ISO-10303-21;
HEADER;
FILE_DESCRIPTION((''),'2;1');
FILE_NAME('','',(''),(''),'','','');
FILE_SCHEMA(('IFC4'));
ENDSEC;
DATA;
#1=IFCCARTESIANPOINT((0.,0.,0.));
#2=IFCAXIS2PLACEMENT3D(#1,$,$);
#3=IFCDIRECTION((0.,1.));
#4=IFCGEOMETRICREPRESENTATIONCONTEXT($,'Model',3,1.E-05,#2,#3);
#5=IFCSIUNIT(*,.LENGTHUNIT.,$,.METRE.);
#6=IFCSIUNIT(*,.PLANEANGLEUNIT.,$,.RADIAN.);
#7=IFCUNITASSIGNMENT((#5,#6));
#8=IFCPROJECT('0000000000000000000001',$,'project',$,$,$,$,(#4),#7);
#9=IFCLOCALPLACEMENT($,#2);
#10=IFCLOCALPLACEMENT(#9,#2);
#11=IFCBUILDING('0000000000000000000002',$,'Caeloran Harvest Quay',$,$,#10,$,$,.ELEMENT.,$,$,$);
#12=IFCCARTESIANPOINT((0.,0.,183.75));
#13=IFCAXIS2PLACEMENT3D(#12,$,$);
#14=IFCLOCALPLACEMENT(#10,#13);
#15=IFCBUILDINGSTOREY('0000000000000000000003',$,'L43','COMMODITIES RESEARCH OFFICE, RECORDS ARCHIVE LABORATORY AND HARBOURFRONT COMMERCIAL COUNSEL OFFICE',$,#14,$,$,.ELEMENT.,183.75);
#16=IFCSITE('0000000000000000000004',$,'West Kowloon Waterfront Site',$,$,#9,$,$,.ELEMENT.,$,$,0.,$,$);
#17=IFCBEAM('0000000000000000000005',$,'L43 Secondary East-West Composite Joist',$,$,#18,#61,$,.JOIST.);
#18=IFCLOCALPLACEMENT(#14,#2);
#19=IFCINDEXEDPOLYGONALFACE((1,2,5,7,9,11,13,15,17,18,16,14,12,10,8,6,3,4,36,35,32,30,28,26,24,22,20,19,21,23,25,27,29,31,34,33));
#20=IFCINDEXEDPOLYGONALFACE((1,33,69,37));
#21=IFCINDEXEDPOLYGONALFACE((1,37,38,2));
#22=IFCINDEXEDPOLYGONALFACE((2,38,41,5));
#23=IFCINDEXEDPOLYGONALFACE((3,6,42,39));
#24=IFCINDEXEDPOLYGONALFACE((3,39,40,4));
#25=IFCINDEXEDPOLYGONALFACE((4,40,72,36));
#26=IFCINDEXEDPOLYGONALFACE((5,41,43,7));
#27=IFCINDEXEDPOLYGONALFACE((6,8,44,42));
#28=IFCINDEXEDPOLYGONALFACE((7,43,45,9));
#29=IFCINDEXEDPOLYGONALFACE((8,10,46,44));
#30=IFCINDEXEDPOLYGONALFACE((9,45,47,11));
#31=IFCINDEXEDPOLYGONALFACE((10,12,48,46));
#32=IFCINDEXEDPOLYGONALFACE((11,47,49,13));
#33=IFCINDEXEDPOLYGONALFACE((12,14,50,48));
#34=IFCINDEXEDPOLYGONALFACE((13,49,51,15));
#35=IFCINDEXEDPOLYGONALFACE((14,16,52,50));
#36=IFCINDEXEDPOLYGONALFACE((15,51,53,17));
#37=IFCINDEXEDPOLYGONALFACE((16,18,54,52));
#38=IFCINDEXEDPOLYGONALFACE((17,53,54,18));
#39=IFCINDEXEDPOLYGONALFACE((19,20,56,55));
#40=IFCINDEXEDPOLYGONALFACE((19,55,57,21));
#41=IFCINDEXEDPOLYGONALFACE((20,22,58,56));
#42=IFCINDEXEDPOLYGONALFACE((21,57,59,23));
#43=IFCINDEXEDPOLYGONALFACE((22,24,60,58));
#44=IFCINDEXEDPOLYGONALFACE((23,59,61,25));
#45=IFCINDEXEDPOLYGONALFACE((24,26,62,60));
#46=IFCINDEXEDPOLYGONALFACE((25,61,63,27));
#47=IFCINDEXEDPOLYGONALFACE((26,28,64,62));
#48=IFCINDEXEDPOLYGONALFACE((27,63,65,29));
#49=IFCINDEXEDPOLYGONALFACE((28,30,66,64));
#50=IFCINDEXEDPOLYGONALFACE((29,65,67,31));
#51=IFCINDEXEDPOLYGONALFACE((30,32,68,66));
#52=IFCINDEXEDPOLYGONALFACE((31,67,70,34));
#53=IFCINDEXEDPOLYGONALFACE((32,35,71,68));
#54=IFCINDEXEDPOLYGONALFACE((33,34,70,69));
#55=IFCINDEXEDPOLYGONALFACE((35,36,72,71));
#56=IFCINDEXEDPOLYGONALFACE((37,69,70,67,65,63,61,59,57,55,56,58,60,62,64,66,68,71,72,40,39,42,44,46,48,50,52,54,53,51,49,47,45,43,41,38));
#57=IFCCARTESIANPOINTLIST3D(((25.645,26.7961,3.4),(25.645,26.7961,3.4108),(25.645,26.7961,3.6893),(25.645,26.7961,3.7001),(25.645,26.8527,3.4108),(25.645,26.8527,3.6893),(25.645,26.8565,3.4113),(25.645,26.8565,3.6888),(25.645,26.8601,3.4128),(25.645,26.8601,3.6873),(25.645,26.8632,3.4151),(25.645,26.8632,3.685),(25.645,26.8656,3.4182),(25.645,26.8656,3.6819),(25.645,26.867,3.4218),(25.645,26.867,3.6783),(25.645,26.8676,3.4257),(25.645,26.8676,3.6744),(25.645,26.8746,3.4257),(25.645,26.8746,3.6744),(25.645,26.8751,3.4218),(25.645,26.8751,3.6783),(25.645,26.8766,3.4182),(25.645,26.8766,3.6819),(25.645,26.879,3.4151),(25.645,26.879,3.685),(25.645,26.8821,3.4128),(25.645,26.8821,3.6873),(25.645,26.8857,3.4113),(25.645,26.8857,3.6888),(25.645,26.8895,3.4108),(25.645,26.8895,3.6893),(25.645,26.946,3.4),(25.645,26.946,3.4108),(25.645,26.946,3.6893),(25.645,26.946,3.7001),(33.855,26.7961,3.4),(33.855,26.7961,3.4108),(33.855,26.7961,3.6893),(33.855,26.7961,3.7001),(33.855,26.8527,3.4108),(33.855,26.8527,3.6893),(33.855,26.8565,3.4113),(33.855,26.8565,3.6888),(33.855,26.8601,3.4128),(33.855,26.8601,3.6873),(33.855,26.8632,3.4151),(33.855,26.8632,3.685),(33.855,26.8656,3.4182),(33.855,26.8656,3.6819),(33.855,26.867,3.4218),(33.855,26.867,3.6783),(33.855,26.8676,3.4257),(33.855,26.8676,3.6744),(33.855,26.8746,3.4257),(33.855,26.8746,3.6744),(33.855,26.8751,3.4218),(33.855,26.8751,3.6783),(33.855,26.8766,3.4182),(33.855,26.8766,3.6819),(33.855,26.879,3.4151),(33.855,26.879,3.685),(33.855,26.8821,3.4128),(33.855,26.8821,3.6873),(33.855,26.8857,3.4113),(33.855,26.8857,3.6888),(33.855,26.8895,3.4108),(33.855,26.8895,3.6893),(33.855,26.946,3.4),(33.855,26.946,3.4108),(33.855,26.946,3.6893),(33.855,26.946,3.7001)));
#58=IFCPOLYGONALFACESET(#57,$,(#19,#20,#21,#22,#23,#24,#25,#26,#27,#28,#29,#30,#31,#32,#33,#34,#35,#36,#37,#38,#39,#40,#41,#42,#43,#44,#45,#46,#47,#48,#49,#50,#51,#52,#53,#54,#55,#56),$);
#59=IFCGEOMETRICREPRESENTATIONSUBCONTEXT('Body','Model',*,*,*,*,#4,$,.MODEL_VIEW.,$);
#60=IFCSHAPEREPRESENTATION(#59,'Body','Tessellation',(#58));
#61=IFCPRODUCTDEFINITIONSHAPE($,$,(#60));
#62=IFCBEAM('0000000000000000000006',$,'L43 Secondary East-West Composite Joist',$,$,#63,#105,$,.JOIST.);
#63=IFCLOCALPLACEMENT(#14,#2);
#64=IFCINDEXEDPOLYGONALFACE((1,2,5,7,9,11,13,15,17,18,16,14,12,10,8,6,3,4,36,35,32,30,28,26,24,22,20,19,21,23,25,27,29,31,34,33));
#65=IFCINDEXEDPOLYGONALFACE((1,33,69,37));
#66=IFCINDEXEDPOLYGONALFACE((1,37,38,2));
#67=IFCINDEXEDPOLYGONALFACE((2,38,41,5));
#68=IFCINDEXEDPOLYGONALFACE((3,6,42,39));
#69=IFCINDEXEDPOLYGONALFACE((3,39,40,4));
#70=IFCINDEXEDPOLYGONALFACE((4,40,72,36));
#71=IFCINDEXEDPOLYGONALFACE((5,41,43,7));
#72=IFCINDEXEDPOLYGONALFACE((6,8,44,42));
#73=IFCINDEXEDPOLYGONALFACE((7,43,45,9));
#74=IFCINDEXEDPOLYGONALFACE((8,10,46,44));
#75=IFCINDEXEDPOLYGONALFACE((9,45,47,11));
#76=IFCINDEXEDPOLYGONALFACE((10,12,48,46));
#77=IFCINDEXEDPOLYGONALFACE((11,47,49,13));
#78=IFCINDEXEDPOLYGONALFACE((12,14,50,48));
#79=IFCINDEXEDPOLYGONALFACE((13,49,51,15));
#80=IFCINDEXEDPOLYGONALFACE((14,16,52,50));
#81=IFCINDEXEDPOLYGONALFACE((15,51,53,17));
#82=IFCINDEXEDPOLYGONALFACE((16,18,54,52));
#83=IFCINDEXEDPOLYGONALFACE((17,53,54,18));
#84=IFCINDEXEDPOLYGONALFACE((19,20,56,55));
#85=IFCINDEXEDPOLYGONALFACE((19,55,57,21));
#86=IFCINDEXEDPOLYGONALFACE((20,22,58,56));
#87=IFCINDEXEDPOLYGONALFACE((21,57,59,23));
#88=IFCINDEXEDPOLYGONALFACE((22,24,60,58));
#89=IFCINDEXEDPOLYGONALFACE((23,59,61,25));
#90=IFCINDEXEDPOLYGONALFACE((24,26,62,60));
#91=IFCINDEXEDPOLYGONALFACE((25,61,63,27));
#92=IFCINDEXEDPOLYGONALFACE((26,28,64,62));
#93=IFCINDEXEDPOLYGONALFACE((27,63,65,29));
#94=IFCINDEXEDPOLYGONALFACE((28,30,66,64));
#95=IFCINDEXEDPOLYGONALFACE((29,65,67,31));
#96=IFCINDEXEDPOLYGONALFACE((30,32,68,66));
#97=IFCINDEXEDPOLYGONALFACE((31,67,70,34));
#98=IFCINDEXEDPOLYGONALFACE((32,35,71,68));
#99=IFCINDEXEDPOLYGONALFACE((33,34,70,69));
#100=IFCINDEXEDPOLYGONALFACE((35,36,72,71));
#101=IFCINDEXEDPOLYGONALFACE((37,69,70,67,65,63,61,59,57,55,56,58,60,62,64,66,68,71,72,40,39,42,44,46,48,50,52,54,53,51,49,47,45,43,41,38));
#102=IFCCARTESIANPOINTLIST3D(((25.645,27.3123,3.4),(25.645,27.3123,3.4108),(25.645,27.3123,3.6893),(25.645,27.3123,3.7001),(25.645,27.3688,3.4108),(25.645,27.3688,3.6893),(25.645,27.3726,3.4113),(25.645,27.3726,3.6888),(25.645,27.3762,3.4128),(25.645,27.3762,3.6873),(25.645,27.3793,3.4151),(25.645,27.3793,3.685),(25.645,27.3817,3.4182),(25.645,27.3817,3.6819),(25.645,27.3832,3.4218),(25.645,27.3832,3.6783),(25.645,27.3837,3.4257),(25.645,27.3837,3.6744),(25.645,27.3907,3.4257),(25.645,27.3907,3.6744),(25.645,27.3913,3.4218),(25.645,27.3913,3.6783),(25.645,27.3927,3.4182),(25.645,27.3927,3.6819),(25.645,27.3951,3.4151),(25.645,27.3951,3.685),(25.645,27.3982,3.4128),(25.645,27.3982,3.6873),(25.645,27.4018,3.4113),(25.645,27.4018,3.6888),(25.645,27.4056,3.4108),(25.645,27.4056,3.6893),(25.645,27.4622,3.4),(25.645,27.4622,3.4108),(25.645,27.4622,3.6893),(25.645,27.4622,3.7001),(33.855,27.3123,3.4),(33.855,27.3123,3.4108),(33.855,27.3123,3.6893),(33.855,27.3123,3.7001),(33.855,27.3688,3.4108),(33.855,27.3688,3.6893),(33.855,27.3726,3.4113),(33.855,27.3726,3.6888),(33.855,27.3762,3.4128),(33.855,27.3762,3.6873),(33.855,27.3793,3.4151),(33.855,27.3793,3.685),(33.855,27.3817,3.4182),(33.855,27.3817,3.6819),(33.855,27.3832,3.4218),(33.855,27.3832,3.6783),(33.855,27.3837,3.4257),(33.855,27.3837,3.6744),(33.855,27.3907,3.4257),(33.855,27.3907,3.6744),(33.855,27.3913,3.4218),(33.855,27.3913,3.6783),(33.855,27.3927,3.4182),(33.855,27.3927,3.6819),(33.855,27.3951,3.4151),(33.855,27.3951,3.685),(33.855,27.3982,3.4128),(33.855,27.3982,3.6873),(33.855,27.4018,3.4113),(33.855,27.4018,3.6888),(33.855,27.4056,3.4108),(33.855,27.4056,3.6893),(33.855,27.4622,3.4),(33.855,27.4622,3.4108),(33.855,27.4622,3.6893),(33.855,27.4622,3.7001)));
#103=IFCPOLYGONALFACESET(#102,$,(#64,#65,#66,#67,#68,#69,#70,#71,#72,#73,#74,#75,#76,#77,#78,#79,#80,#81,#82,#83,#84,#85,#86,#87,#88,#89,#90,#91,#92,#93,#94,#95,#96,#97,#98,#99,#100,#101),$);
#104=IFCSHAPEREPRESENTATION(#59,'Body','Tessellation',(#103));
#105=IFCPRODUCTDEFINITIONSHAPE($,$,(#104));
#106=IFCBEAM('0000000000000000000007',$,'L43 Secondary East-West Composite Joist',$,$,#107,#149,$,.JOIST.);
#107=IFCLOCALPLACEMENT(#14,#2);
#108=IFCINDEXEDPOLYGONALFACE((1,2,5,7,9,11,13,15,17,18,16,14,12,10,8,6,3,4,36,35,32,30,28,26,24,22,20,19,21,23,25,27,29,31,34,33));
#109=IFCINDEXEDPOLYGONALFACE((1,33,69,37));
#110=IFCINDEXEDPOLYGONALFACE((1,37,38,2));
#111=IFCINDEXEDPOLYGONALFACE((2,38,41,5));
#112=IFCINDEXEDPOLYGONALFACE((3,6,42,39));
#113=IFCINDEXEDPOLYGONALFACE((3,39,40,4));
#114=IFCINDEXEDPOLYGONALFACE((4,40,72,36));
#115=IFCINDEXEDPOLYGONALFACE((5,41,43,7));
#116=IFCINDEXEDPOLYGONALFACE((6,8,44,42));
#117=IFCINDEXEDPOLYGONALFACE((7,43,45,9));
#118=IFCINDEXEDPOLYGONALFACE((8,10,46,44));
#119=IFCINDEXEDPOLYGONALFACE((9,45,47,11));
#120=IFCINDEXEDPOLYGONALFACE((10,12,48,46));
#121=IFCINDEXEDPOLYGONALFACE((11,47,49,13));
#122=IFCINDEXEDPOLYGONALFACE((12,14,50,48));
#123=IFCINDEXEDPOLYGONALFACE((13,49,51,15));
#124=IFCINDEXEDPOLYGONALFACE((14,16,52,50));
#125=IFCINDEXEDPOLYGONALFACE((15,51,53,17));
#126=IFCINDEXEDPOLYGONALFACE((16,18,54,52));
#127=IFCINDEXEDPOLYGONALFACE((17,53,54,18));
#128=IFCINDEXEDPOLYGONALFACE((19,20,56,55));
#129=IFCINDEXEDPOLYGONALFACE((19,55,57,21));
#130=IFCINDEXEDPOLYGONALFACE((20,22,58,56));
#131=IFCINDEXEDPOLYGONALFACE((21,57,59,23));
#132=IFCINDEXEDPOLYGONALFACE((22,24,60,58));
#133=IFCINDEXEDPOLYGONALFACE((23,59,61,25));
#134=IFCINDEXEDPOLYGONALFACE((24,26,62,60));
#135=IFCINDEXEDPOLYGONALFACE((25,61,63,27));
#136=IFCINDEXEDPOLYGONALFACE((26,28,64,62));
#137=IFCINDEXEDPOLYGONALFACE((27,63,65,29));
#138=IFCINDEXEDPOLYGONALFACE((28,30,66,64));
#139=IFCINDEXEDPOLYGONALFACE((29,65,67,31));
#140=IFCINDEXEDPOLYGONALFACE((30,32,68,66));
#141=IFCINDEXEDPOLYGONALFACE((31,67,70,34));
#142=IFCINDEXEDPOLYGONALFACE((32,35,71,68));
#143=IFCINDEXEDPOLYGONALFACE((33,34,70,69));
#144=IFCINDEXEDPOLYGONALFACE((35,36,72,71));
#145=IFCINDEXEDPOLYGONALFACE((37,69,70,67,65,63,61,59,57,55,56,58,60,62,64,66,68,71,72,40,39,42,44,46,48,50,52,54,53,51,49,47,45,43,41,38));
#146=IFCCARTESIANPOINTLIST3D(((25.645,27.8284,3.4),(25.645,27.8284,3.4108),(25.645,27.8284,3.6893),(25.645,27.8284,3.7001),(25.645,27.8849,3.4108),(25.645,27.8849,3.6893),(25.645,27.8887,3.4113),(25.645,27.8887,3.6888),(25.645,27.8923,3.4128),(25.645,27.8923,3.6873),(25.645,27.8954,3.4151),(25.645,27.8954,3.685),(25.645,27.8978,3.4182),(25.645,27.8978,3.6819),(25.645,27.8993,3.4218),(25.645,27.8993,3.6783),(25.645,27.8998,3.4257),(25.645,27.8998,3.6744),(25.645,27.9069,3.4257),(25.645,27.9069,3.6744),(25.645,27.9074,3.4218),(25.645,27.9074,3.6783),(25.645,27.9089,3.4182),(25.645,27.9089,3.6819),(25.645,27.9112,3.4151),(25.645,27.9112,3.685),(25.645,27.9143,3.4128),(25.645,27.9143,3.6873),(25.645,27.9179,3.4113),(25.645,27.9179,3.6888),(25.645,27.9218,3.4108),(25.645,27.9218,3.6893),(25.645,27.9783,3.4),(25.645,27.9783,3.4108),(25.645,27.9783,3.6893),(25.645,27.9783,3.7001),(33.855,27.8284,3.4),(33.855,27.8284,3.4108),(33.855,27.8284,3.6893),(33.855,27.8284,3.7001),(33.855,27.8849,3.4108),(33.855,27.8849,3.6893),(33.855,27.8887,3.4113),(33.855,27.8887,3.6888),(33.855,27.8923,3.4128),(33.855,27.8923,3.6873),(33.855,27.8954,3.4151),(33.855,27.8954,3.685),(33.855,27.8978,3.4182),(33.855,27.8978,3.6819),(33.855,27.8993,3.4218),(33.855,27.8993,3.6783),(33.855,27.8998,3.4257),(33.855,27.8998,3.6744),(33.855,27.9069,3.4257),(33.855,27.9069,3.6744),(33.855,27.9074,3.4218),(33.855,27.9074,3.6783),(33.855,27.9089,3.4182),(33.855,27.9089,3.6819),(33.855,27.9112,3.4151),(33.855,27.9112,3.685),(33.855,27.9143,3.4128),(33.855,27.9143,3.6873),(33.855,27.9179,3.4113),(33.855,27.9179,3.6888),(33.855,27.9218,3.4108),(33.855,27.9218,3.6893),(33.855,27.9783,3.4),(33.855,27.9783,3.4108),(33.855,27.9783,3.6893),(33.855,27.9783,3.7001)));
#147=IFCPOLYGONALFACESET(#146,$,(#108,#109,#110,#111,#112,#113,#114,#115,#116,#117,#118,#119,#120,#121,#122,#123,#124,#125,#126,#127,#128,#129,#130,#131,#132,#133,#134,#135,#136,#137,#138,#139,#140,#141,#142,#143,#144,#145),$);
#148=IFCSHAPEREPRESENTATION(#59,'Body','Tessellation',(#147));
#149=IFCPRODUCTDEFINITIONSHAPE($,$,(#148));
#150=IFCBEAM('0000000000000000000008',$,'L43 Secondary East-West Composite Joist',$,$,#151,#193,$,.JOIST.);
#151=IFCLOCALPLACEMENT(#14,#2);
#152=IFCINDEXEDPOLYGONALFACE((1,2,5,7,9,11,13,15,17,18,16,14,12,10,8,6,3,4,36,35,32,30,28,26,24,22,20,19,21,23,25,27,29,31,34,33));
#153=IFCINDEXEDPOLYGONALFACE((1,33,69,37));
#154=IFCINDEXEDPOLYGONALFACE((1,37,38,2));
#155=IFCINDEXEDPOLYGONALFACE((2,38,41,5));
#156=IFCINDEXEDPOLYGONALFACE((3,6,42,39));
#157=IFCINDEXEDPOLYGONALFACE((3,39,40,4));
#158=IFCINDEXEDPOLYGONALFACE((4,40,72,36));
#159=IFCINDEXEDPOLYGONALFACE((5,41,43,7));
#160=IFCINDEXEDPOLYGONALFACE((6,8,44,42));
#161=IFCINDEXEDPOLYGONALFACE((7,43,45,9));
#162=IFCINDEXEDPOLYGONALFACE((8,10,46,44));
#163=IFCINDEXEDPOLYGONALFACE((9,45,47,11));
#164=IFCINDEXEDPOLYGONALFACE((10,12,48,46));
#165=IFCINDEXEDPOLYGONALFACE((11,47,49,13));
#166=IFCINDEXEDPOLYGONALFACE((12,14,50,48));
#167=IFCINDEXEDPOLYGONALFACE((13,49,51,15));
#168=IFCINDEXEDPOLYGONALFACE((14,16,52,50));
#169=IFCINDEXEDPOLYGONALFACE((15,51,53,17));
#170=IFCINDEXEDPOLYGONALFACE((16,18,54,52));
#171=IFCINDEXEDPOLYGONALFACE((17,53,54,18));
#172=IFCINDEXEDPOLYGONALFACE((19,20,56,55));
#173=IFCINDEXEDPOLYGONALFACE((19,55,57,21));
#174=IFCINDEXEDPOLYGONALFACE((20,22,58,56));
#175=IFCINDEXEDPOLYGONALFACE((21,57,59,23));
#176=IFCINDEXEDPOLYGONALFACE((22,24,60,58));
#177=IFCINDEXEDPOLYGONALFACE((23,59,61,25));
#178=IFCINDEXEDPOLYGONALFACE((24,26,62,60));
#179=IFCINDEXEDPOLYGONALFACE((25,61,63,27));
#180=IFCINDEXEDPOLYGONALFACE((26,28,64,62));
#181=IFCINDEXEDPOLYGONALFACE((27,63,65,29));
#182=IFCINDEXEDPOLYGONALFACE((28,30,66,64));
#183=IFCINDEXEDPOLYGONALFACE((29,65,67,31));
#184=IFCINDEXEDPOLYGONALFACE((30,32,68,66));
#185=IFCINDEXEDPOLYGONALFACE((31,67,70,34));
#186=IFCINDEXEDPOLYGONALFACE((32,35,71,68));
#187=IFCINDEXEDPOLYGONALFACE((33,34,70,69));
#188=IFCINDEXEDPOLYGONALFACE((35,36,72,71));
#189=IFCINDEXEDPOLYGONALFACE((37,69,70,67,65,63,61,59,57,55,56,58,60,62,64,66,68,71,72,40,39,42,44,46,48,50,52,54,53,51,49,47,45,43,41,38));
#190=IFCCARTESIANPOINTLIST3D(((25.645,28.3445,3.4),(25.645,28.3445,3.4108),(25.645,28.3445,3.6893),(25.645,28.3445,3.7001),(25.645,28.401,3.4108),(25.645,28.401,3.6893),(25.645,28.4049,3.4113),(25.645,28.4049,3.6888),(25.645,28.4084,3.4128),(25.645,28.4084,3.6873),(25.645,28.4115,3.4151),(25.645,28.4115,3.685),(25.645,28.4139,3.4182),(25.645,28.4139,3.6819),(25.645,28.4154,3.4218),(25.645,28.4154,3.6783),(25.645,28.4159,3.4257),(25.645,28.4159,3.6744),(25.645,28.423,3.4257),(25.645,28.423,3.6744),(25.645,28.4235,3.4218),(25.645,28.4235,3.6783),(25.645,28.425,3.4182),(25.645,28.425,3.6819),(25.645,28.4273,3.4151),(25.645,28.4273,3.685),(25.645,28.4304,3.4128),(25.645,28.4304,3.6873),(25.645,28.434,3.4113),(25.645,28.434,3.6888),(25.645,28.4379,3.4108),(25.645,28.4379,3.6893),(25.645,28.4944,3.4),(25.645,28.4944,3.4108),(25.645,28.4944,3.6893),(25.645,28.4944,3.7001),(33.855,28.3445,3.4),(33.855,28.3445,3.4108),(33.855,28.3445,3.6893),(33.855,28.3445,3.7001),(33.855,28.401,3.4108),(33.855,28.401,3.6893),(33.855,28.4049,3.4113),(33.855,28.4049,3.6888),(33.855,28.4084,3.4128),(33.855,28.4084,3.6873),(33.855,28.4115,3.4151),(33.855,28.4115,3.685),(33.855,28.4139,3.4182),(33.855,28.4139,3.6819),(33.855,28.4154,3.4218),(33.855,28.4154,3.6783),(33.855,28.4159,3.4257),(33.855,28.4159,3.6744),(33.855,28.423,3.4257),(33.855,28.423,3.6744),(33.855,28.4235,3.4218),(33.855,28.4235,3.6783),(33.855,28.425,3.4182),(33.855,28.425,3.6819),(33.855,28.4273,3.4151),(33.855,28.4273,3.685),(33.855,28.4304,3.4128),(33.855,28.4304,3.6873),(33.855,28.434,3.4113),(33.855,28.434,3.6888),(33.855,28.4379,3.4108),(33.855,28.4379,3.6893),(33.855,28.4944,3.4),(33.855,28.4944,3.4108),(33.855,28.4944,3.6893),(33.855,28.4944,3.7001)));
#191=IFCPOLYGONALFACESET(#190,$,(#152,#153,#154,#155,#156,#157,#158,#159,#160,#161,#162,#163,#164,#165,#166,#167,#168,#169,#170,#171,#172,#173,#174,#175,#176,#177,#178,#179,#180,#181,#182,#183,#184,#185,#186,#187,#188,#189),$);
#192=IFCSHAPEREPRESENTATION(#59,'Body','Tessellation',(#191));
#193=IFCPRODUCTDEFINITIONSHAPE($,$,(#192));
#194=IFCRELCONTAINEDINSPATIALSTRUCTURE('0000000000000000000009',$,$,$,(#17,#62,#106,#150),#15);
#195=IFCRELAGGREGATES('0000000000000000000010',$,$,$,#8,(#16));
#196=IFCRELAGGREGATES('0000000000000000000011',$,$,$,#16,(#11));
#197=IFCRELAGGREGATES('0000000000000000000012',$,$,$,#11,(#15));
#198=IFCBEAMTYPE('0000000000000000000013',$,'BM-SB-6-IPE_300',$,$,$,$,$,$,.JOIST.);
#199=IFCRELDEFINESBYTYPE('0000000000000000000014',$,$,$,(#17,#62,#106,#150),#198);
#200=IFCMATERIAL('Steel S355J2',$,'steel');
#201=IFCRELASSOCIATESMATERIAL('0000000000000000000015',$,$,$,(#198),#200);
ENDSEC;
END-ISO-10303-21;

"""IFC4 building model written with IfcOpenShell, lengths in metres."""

from ifc_helpers import new_model, si_unit, direction, frame, origin, origin_2d, place, context, subcontext, project, spatial, i_section, extrude, material, material_profile, profile_set, type_object, element, save


model = new_model("IFC4")

# Units and contexts
model_context = context("Model", 3, precision=1e-05, world=origin(), true_north=direction((0.0, 1.0)))
body_context = subcontext(model_context, "Body", "Model", "MODEL_VIEW")
ifc_project = project(units=[si_unit("LENGTHUNIT", "METRE"), si_unit("PLANEANGLEUNIT", "RADIAN")], contexts=[model_context])

# Site, building, storey
site_placement = place(None, origin())
site = spatial("IfcSite", under=ifc_project, at=site_placement, Name="West Kowloon Waterfront Site", CompositionType="ELEMENT", RefElevation=0.0)
building_placement = place(site_placement, origin())
building = spatial("IfcBuilding", under=site, at=building_placement, Name="Caeloran Harvest Quay", CompositionType="ELEMENT")
storey_placement = place(building_placement, frame((0.0, 0.0, 183.75)))
storey = spatial("IfcBuildingStorey", under=building, at=storey_placement, Name="L43", Description="COMMODITIES RESEARCH OFFICE, RECORDS ARCHIVE LABORATORY AND HARBOURFRONT COMMERCIAL COUNSEL OFFICE", CompositionType="ELEMENT", Elevation=183.75)

# Beams
ifc_material = material(Name="Steel S355J2", Category="steel")
ifc_material_profile_1 = material_profile(ifc_material, i_section(OverallWidth=0.1499, OverallDepth=0.3, WebThickness=0.0071, FlangeThickness=0.0107, FilletRadius=0.0149, at=origin_2d()), Name="IPE 300")
ifc_profile_set_1 = profile_set([ifc_material_profile_1], Name="Steel S355J2")
beam_type_1 = type_object("IfcBeamType", Name="BM-SB-6-IPE_300", PredefinedType="JOIST", material=ifc_profile_set_1)
for number, where, z_axis, x_axis, name in (
    (1, (25.645, 26.8711, 3.55), (1.0, 0.0, 0.0), (0.0, 1.0, 0.0), "L43 Secondary East-West Composite Joist"),
    (2, (25.645, 27.3872, 3.55), (1.0, 0.0, 0.0), (0.0, 1.0, 0.0), "L43 Secondary East-West Composite Joist"),
    (3, (25.645, 27.9033, 3.55), (1.0, 0.0, 0.0), (0.0, 1.0, 0.0), "L43 Secondary East-West Composite Joist"),
    (4, (25.645, 28.4194, 3.55), (1.0, 0.0, 0.0), (0.0, 1.0, 0.0), "L43 Secondary East-West Composite Joist"),
):
    element("IfcBeam", number, at=place(storey_placement, frame(where, z_axis=z_axis, x_axis=x_axis)), inside=storey, type_object=beam_type_1, Name=name, PredefinedType="JOIST", context=body_context, shape_type="SweptSolid", body=[
        extrude(i_section(OverallWidth=0.1499, OverallDepth=0.3, WebThickness=0.0071, FlangeThickness=0.0107, FilletRadius=0.0149, at=origin_2d()), origin(), (0.0, 0.0, 1.0), 8.21),
    ])

save(model, "model.ifc")
